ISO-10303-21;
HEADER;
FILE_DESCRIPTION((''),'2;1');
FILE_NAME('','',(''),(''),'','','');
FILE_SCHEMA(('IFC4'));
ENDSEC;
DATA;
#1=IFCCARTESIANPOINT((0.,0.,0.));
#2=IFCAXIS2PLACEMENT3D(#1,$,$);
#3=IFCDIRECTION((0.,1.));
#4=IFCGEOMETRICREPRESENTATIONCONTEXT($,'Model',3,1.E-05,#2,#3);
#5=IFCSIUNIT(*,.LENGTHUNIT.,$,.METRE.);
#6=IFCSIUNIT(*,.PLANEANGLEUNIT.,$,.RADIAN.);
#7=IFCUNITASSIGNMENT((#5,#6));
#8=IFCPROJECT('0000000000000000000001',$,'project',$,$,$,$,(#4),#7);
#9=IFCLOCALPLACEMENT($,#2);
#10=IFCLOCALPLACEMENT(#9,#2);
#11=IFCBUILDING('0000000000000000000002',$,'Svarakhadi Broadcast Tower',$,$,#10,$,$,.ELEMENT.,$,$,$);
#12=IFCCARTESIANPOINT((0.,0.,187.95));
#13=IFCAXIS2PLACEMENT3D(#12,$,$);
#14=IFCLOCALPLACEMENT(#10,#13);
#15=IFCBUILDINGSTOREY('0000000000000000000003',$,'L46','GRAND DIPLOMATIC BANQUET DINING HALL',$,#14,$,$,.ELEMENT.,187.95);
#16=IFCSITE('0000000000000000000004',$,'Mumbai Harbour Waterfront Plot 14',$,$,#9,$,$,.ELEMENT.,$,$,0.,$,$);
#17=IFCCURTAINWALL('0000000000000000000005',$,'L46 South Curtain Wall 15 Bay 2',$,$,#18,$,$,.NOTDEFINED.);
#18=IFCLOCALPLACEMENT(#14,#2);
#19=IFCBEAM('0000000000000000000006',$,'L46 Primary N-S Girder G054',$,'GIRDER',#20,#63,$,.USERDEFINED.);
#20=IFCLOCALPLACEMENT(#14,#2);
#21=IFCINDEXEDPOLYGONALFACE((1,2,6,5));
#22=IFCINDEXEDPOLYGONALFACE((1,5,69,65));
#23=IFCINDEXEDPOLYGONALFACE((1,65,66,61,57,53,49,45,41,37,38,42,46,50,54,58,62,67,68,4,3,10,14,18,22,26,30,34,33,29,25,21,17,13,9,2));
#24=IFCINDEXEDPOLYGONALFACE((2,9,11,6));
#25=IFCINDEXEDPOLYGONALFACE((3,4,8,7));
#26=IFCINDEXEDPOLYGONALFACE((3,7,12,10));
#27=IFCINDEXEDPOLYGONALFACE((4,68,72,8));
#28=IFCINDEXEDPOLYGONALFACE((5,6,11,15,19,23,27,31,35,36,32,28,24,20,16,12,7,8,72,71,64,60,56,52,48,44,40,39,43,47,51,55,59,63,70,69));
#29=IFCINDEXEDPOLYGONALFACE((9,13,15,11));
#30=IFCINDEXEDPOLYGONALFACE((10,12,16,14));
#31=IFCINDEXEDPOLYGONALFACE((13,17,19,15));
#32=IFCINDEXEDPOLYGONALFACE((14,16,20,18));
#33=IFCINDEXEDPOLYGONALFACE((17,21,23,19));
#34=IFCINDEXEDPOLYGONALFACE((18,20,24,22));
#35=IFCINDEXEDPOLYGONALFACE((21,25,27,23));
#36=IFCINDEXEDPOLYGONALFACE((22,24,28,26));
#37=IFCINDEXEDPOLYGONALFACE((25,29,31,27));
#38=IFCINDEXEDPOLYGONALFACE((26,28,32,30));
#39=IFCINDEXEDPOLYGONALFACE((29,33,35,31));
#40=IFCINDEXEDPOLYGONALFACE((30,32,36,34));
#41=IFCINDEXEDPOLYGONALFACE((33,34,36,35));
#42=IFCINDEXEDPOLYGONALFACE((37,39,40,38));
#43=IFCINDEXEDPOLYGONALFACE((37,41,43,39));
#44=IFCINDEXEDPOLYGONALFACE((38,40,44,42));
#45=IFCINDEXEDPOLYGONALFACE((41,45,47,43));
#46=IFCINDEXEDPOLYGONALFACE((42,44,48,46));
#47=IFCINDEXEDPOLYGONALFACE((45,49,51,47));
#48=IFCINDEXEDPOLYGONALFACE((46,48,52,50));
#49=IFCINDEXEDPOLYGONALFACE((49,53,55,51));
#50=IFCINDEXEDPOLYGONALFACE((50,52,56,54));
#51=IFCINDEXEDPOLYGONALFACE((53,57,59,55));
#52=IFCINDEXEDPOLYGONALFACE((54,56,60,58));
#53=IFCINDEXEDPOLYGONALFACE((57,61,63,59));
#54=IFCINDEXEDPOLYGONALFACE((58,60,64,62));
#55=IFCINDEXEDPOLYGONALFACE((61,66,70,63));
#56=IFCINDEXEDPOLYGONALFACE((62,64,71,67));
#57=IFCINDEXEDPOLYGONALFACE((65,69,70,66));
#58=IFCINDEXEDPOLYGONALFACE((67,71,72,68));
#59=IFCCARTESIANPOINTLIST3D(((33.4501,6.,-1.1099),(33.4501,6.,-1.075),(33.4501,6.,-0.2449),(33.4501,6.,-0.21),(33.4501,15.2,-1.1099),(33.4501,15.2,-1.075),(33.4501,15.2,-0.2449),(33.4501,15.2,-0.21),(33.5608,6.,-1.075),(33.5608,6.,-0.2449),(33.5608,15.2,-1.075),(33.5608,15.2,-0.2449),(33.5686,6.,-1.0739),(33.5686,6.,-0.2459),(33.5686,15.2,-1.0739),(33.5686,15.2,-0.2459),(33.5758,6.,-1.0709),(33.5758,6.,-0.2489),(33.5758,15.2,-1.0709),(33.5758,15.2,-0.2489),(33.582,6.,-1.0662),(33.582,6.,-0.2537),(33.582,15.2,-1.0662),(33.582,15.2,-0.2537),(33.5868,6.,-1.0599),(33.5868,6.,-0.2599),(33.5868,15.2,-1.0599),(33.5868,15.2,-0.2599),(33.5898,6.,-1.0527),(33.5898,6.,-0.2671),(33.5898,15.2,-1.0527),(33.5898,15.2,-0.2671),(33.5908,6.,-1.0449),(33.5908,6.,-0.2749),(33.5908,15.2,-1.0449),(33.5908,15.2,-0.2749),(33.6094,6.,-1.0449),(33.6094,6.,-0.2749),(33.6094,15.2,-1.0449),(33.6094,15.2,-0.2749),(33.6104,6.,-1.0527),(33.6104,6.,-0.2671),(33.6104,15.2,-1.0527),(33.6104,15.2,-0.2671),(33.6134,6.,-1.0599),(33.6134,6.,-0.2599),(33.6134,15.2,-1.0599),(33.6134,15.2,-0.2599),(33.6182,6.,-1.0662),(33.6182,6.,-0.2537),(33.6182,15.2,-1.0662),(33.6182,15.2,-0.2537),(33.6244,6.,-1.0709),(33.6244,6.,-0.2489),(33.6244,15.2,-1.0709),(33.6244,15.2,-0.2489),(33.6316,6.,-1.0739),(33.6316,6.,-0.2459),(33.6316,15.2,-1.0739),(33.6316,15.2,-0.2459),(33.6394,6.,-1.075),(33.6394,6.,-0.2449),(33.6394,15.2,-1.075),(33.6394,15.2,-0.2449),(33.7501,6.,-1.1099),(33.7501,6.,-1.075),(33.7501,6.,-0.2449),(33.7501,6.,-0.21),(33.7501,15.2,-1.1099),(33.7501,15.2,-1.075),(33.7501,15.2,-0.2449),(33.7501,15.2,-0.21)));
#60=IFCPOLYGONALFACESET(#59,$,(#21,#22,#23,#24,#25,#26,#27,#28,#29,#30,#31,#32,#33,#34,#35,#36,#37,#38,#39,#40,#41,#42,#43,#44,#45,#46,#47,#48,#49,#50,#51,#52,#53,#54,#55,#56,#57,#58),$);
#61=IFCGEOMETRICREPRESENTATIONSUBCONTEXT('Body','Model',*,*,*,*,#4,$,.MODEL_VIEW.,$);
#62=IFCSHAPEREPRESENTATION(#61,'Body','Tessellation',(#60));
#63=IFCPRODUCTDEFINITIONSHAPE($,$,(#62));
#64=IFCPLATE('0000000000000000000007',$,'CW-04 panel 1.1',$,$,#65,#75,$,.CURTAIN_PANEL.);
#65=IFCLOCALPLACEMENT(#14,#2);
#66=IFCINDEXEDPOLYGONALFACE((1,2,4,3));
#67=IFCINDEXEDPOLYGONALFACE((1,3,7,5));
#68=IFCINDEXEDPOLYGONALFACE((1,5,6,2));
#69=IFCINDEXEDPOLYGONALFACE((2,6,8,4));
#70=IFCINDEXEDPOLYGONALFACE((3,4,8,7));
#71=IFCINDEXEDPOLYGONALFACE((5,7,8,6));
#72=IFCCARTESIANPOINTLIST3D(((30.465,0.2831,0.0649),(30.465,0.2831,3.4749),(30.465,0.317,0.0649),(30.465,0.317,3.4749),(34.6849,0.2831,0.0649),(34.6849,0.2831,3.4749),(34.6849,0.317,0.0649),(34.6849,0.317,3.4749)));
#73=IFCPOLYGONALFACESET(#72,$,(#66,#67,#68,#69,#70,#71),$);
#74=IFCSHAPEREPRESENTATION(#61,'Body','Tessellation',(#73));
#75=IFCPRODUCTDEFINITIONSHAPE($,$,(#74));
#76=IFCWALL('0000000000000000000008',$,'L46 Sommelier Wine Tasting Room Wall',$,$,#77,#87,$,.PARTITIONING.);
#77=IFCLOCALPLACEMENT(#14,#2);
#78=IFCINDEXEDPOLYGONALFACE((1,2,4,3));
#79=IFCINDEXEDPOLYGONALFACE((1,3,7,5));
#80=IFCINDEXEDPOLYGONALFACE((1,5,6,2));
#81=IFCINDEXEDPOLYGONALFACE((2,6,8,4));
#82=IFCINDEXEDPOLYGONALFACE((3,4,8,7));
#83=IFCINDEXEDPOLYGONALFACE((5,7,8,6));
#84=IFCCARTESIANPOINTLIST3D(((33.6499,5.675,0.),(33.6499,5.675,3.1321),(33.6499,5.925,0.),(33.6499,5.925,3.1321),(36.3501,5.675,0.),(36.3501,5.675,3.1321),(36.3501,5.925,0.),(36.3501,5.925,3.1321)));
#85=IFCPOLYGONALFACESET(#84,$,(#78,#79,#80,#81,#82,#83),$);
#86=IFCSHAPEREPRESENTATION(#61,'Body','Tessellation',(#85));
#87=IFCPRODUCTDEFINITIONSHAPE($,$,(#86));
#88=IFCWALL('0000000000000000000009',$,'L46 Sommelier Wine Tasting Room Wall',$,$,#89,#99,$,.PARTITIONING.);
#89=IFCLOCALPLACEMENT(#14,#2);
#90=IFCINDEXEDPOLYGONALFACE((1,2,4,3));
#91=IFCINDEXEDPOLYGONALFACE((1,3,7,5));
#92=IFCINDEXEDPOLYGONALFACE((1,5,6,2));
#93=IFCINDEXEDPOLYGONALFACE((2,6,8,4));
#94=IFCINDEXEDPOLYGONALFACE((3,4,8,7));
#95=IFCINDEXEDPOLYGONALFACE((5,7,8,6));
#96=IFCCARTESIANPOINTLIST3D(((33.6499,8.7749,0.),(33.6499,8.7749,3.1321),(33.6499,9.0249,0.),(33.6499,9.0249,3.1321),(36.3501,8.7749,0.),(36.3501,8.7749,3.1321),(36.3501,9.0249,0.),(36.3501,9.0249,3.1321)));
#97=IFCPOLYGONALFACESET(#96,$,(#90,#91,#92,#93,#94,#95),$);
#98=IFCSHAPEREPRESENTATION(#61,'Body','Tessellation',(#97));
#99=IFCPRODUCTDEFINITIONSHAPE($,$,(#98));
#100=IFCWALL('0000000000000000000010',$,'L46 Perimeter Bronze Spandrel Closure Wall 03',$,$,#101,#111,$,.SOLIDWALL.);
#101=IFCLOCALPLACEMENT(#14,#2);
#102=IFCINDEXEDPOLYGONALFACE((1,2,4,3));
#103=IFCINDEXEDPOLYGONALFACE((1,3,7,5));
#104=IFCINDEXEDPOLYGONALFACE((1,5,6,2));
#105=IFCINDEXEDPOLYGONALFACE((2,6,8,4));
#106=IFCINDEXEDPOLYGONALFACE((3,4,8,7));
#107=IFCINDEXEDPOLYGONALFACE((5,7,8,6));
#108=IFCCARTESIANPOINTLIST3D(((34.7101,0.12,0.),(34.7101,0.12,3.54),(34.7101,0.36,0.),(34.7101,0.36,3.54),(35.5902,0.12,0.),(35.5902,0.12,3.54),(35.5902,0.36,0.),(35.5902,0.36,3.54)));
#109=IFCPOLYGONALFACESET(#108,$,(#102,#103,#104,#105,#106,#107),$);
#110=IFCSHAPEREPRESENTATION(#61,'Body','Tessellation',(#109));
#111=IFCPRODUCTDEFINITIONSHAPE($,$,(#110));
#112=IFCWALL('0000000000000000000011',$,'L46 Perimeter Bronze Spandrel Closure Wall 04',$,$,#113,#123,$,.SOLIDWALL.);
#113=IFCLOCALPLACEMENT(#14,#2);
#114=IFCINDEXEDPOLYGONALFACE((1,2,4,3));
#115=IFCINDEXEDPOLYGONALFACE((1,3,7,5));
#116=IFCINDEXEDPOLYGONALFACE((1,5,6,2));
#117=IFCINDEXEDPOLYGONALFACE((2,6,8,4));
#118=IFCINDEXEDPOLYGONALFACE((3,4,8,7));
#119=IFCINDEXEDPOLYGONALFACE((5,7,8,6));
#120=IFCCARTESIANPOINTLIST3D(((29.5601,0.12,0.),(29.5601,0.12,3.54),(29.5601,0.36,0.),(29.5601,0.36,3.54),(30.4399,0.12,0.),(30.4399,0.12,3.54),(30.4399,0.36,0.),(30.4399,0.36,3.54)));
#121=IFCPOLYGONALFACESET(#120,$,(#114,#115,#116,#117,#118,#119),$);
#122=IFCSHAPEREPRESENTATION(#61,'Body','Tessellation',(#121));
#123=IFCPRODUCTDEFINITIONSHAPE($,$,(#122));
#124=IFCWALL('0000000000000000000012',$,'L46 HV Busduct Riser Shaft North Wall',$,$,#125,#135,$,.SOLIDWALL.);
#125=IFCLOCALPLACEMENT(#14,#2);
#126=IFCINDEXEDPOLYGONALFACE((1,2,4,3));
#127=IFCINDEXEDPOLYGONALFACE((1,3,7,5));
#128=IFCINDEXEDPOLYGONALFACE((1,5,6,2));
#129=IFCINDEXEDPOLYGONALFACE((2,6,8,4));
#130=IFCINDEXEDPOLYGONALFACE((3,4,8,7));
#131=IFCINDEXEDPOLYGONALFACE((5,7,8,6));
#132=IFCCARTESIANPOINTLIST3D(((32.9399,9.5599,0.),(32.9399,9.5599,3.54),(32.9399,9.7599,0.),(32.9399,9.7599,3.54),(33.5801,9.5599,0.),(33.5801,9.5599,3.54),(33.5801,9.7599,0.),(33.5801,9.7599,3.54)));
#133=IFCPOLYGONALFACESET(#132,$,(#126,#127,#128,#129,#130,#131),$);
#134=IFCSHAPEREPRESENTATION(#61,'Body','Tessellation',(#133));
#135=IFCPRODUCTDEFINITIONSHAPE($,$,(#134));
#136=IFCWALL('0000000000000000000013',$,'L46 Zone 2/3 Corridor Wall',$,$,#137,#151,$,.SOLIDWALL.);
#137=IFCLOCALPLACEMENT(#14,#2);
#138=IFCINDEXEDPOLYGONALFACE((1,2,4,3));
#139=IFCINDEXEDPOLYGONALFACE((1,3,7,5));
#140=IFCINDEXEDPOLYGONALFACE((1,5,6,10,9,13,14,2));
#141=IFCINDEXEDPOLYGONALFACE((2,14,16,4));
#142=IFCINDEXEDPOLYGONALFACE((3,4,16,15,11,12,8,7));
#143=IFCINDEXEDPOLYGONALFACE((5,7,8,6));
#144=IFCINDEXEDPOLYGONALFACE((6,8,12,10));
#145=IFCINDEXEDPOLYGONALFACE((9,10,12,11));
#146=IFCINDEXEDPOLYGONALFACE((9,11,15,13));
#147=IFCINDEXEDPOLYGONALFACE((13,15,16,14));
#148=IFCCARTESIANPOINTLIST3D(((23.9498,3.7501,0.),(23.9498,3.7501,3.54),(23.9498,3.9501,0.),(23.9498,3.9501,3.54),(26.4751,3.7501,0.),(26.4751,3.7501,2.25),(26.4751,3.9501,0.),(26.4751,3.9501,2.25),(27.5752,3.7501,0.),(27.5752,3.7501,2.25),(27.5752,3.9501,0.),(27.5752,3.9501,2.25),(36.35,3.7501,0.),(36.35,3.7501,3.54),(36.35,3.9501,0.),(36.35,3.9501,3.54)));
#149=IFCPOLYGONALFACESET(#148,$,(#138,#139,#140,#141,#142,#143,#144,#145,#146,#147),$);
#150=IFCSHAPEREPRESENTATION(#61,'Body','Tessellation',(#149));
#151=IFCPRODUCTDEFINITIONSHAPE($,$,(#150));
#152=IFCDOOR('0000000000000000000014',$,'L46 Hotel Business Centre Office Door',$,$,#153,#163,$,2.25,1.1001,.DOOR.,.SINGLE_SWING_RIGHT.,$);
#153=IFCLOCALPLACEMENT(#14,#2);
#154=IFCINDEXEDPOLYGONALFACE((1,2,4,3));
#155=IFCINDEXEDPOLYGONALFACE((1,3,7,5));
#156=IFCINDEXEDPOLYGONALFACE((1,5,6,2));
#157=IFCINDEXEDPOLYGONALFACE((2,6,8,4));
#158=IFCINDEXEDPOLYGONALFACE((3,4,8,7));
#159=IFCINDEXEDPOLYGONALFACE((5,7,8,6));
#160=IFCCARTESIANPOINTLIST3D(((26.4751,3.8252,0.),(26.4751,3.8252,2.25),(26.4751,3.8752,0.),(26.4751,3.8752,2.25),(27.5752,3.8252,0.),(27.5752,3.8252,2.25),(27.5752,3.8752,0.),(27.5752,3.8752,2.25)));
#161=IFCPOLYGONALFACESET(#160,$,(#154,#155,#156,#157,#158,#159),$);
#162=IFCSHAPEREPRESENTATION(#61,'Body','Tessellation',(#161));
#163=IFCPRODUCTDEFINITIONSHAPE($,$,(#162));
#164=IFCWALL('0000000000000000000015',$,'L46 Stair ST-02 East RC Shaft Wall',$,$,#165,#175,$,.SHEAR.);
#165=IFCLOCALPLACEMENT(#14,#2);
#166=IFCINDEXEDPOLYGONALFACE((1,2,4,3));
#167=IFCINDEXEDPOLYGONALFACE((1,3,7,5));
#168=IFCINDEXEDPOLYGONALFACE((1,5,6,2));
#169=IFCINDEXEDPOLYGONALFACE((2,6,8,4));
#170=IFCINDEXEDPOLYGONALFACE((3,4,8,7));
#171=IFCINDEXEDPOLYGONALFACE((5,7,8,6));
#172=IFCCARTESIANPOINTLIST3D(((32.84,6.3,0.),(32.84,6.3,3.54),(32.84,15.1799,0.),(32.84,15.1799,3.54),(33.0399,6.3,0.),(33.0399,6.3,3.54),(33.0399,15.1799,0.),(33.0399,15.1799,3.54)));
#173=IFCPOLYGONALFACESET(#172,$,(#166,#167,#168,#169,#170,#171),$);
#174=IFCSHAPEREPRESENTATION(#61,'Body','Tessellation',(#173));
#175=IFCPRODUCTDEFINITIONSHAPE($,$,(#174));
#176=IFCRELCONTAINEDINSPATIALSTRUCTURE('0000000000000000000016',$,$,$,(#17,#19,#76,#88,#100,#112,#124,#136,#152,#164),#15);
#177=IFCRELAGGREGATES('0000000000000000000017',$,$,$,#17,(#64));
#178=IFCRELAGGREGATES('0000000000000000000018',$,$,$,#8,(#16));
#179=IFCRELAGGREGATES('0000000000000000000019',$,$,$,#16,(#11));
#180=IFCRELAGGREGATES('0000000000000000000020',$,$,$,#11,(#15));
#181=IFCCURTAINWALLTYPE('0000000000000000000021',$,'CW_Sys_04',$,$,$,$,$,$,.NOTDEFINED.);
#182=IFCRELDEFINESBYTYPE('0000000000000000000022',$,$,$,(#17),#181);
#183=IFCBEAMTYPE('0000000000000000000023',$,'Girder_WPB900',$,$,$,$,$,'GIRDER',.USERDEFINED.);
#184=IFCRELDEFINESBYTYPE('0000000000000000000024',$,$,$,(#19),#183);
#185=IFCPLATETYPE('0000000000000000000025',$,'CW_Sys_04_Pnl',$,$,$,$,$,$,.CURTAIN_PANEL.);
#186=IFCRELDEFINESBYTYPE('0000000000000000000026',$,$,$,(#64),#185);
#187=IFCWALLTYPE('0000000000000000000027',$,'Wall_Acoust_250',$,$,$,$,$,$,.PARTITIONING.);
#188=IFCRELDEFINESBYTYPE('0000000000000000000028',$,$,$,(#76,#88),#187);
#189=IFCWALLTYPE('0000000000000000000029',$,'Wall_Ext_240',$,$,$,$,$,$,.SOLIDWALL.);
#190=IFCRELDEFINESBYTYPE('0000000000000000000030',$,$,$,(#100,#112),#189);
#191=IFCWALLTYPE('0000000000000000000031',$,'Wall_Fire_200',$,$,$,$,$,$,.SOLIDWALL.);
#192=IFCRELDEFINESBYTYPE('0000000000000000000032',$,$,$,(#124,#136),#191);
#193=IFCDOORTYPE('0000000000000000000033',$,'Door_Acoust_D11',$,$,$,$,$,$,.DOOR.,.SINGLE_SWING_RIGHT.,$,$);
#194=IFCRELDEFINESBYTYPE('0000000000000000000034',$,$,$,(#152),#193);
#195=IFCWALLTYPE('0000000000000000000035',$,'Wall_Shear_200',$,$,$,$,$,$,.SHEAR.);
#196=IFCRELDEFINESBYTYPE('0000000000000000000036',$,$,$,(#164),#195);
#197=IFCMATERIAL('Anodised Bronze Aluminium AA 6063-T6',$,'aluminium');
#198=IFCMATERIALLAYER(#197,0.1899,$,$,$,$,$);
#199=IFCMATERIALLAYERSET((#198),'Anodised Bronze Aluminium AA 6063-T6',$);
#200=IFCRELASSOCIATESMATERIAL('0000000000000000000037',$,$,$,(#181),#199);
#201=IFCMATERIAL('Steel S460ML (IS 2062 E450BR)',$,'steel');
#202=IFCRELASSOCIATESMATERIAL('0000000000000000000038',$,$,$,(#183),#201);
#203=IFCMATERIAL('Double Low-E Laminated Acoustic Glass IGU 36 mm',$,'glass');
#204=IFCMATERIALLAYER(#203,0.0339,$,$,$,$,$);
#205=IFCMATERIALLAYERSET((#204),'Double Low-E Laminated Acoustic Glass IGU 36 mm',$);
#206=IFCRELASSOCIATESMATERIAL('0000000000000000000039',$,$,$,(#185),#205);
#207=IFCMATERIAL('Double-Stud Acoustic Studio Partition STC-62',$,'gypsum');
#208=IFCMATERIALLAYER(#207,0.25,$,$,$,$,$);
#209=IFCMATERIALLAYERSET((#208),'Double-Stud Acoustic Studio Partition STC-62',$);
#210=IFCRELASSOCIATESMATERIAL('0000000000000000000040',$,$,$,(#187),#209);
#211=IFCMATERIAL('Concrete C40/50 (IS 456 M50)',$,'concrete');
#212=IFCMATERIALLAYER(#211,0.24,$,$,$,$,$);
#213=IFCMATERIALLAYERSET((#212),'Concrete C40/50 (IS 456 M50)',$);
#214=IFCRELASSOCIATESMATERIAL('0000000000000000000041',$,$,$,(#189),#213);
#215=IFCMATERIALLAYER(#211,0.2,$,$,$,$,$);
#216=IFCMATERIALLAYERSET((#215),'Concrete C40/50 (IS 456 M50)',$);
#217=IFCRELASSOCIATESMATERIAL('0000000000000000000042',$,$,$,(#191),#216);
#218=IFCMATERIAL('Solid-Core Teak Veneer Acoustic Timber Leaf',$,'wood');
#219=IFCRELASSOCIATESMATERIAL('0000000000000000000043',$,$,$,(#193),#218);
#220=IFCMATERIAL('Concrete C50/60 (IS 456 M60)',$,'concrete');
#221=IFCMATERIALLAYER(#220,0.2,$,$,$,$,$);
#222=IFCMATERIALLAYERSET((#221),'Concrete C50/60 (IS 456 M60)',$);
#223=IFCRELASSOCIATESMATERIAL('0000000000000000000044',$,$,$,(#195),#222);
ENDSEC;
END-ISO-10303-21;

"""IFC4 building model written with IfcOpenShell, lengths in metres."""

from ifc_helpers import new_model, si_unit, direction, frame, frame_2d, origin, origin_2d, place, context, subcontext, project, spatial, rectangle, i_section, extrude, material, layer, layer_set, material_profile, profile_set, type_object, element, fill, aggregate, save


model = new_model("IFC4")

# Units and contexts
model_context = context("Model", 3, precision=1e-05, world=origin(), true_north=direction((0.0, 1.0)))
body_context = subcontext(model_context, "Body", "Model", "MODEL_VIEW")
ifc_project = project(units=[si_unit("LENGTHUNIT", "METRE"), si_unit("PLANEANGLEUNIT", "RADIAN")], contexts=[model_context])

# Site, building, storey
site_placement = place(None, origin())
site = spatial("IfcSite", under=ifc_project, at=site_placement, Name="Mumbai Harbour Waterfront Plot 14", CompositionType="ELEMENT", RefElevation=0.0)
building_placement = place(site_placement, origin())
building = spatial("IfcBuilding", under=site, at=building_placement, Name="Svarakhadi Broadcast Tower", CompositionType="ELEMENT")
storey_placement = place(building_placement, frame((0.0, 0.0, 187.95)))
storey = spatial("IfcBuildingStorey", under=building, at=storey_placement, Name="L46", Description="GRAND DIPLOMATIC BANQUET DINING HALL", CompositionType="ELEMENT", Elevation=187.95)

# Shared definitions
ifc_material_1 = material(Name="Concrete C50/60 (IS 456 M60)", Category="concrete")
ifc_material_2 = material(Name="Steel S460ML (IS 2062 E450BR)", Category="steel")

# Shared definitions
ifc_material_3 = material(Name="Anodised Bronze Aluminium AA 6063-T6", Category="aluminium")
ifc_layer_1 = layer(ifc_material_3, 0.1899)
ifc_layer_set_1 = layer_set([ifc_layer_1], Name="Anodised Bronze Aluminium AA 6063-T6")
curtain_wall_type = type_object("IfcCurtainWallType", Name="CW_Sys_04", PredefinedType="NOTDEFINED", material=ifc_layer_set_1)

# Curtain wall
curtain_wall_1_placement = place(storey_placement, origin())
curtain_wall_1 = element("IfcCurtainWall", 1, at=curtain_wall_1_placement, inside=storey, type_object=curtain_wall_type, Name="L46 South Curtain Wall 15 Bay 2", PredefinedType="NOTDEFINED")

# Beam
ifc_material_profile_1 = material_profile(ifc_material_2, i_section(OverallWidth=0.3, OverallDepth=0.8999, WebThickness=0.0186, FlangeThickness=0.0349, FilletRadius=0.03, at=origin_2d()), Name="WPB 900x300x291")
ifc_profile_set_1 = profile_set([ifc_material_profile_1], Name="Steel S460ML (IS 2062 E450BR)")
beam_type_1 = type_object("IfcBeamType", Name="Girder_WPB900", ElementType="GIRDER", PredefinedType="USERDEFINED", material=ifc_profile_set_1)
beam_1_placement = place(storey_placement, frame((33.6001, 6.0, -0.6599), z_axis=(0.0, 1.0, 0.0), x_axis=(-1.0, 0.0, 0.0)))
element("IfcBeam", 2, at=beam_1_placement, inside=storey, type_object=beam_type_1, Name="L46 Primary N-S Girder G054", ObjectType="GIRDER", PredefinedType="USERDEFINED", context=body_context, shape_type="SweptSolid", body=[
    extrude(i_section(OverallWidth=0.3, OverallDepth=0.8999, WebThickness=0.0186, FlangeThickness=0.0349, FilletRadius=0.03, at=origin_2d()), origin(), (0.0, 0.0, 1.0), 9.2),
])

# Plate
ifc_material_4 = material(Name="Double Low-E Laminated Acoustic Glass IGU 36 mm", Category="glass")
ifc_layer_2 = layer(ifc_material_4, 0.0339)
ifc_layer_set_2 = layer_set([ifc_layer_2], Name="Double Low-E Laminated Acoustic Glass IGU 36 mm")
plate_type = type_object("IfcPlateType", Name="CW_Sys_04_Pnl", PredefinedType="CURTAIN_PANEL", material=ifc_layer_set_2)
plate_placement = place(storey_placement, frame((32.575, 0.3, 0.0649), z_axis=(0.0, 0.0, 1.0), x_axis=(-1.0, 0.0, 0.0)))
plate = element("IfcPlate", 3, at=plate_placement, type_object=plate_type, Name="CW-04 panel 1.1", PredefinedType="CURTAIN_PANEL", context=body_context, shape_type="SweptSolid", body=[
    extrude(rectangle(XDim=4.22, YDim=0.0339, at=origin_2d()), origin(), (0.0, 0.0, 1.0), 3.4099),
])
aggregate(curtain_wall_1, [plate])

# Walls
ifc_material_5 = material(Name="Double-Stud Acoustic Studio Partition STC-62", Category="gypsum")
ifc_layer_3 = layer(ifc_material_5, 0.25)
ifc_layer_set_3 = layer_set([ifc_layer_3], Name="Double-Stud Acoustic Studio Partition STC-62")
wall_type_1 = type_object("IfcWallType", Name="Wall_Acoust_250", PredefinedType="PARTITIONING", material=ifc_layer_set_3)
for number, where, z_axis, x_axis, name in (
    (4, (33.6499, 5.8, 0.0), (0.0, 0.0, 1.0), (1.0, 0.0, 0.0), "L46 Sommelier Wine Tasting Room Wall"),
    (5, (33.6499, 8.8999, 0.0), (0.0, 0.0, 1.0), (1.0, 0.0, 0.0), "L46 Sommelier Wine Tasting Room Wall"),
):
    element("IfcWall", number, at=place(storey_placement, frame(where, z_axis=z_axis, x_axis=x_axis)), inside=storey, type_object=wall_type_1, Name=name, PredefinedType="PARTITIONING", context=body_context, shape_type="SweptSolid", body=[
        extrude(rectangle(XDim=2.7002, YDim=0.25, at=frame_2d((1.3501, 0.0))), origin(), (0.0, 0.0, 1.0), 3.1321),
    ])
ifc_material_6 = material(Name="Concrete C40/50 (IS 456 M50)", Category="concrete")
ifc_layer_4 = layer(ifc_material_6, 0.24)
ifc_layer_set_4 = layer_set([ifc_layer_4], Name="Concrete C40/50 (IS 456 M50)")
wall_type_2 = type_object("IfcWallType", Name="Wall_Ext_240", PredefinedType="SOLIDWALL", material=ifc_layer_set_4)
wall_1_placement = place(storey_placement, frame((35.5901, 0.24, 0.0), z_axis=(0.0, 0.0, 1.0), x_axis=(-1.0, 0.0, 0.0)))
element("IfcWall", 6, at=wall_1_placement, inside=storey, type_object=wall_type_2, Name="L46 Perimeter Bronze Spandrel Closure Wall 03", PredefinedType="SOLIDWALL", context=body_context, shape_type="SweptSolid", body=[
    extrude(rectangle(XDim=0.8801, YDim=0.24, at=frame_2d((0.4399, 0.0))), origin(), (0.0, 0.0, 1.0), 3.54),
])
wall_2_placement = place(storey_placement, frame((30.4399, 0.24, 0.0), z_axis=(0.0, 0.0, 1.0), x_axis=(-1.0, 0.0, 0.0)))
element("IfcWall", 7, at=wall_2_placement, inside=storey, type_object=wall_type_2, Name="L46 Perimeter Bronze Spandrel Closure Wall 04", PredefinedType="SOLIDWALL", context=body_context, shape_type="SweptSolid", body=[
    extrude(rectangle(XDim=0.8799, YDim=0.24, at=frame_2d((0.4399, 0.0))), origin(), (0.0, 0.0, 1.0), 3.54),
])
ifc_layer_5 = layer(ifc_material_6, 0.2)
ifc_layer_set_5 = layer_set([ifc_layer_5], Name="Concrete C40/50 (IS 456 M50)")
wall_type_3 = type_object("IfcWallType", Name="Wall_Fire_200", PredefinedType="SOLIDWALL", material=ifc_layer_set_5)
wall_3_placement = place(storey_placement, frame((32.9399, 9.6599, 0.0), z_axis=(0.0, 0.0, 1.0), x_axis=(1.0, 0.0, 0.0)))
element("IfcWall", 8, at=wall_3_placement, inside=storey, type_object=wall_type_3, Name="L46 HV Busduct Riser Shaft North Wall", PredefinedType="SOLIDWALL", context=body_context, shape_type="SweptSolid", body=[
    extrude(rectangle(XDim=0.6401, YDim=0.2, at=frame_2d((0.3201, 0.0))), origin(), (0.0, 0.0, 1.0), 3.54),
])

# Wall, opening, door
wall_4_placement = place(storey_placement, frame((36.3501, 3.8501, 0.0), z_axis=(0.0, 0.0, 1.0), x_axis=(-1.0, 0.0, 0.0)))
wall_4 = element("IfcWall", 9, at=wall_4_placement, inside=storey, type_object=wall_type_3, Name="L46 Zone 2/3 Corridor Wall", PredefinedType="SOLIDWALL", context=body_context, shape_type="SweptSolid", body=[
    extrude(rectangle(XDim=12.4001, YDim=0.2, at=frame_2d((6.2002, 0.0))), origin(), (0.0, 0.0, 1.0), 3.54),
])
opening_1_placement = place(wall_4_placement, frame((8.7749, 0.0, 0.0)))
opening_1 = element("IfcOpeningElement", 10, at=opening_1_placement, cuts=wall_4, PredefinedType="OPENING", context=body_context, shape_type="SweptSolid", body=[
    extrude(rectangle(XDim=1.1001, YDim=2.25, at=frame_2d((0.55, 1.125))), frame((0.0, 0.1099, 0.0), z_axis=(0.0, -1.0, 0.0), x_axis=(1.0, 0.0, 0.0)), (0.0, 0.0, 1.0), 0.22),
])
ifc_material_7 = material(Name="Solid-Core Teak Veneer Acoustic Timber Leaf", Category="wood")
door_type_1 = type_object("IfcDoorType", Name="Door_Acoust_D11", OperationType="SINGLE_SWING_RIGHT", PredefinedType="DOOR", material=ifc_material_7)
door_1_placement = place(opening_1_placement, origin())
door_1 = element("IfcDoor", 11, at=door_1_placement, inside=storey, type_object=door_type_1, Name="L46 Hotel Business Centre Office Door", OperationType="SINGLE_SWING_RIGHT", OverallHeight=2.25, OverallWidth=1.1001, PredefinedType="DOOR", context=body_context, shape_type="SweptSolid", body=[
    extrude(rectangle(XDim=1.1001, YDim=2.25, at=frame_2d((0.55, 1.125))), frame((0.0, 0.0249, 0.0), z_axis=(0.0, -1.0, 0.0), x_axis=(1.0, 0.0, 0.0)), (0.0, 0.0, 1.0), 0.05),
])
fill(opening_1, door_1)

# Wall
ifc_layer_6 = layer(ifc_material_1, 0.2)
ifc_layer_set_6 = layer_set([ifc_layer_6], Name="Concrete C50/60 (IS 456 M60)")
wall_type_4 = type_object("IfcWallType", Name="Wall_Shear_200", PredefinedType="SHEAR", material=ifc_layer_set_6)
wall_5_placement = place(storey_placement, frame((32.9399, 6.3, 0.0), z_axis=(0.0, 0.0, 1.0), x_axis=(0.0, 1.0, 0.0)))
element("IfcWall", 12, at=wall_5_placement, inside=storey, type_object=wall_type_4, Name="L46 Stair ST-02 East RC Shaft Wall", PredefinedType="SHEAR", context=body_context, shape_type="SweptSolid", body=[
    extrude(rectangle(XDim=8.8799, YDim=0.2, at=frame_2d((4.4399, 0.0))), origin(), (0.0, 0.0, 1.0), 3.54),
])

save(model, "model.ifc")
